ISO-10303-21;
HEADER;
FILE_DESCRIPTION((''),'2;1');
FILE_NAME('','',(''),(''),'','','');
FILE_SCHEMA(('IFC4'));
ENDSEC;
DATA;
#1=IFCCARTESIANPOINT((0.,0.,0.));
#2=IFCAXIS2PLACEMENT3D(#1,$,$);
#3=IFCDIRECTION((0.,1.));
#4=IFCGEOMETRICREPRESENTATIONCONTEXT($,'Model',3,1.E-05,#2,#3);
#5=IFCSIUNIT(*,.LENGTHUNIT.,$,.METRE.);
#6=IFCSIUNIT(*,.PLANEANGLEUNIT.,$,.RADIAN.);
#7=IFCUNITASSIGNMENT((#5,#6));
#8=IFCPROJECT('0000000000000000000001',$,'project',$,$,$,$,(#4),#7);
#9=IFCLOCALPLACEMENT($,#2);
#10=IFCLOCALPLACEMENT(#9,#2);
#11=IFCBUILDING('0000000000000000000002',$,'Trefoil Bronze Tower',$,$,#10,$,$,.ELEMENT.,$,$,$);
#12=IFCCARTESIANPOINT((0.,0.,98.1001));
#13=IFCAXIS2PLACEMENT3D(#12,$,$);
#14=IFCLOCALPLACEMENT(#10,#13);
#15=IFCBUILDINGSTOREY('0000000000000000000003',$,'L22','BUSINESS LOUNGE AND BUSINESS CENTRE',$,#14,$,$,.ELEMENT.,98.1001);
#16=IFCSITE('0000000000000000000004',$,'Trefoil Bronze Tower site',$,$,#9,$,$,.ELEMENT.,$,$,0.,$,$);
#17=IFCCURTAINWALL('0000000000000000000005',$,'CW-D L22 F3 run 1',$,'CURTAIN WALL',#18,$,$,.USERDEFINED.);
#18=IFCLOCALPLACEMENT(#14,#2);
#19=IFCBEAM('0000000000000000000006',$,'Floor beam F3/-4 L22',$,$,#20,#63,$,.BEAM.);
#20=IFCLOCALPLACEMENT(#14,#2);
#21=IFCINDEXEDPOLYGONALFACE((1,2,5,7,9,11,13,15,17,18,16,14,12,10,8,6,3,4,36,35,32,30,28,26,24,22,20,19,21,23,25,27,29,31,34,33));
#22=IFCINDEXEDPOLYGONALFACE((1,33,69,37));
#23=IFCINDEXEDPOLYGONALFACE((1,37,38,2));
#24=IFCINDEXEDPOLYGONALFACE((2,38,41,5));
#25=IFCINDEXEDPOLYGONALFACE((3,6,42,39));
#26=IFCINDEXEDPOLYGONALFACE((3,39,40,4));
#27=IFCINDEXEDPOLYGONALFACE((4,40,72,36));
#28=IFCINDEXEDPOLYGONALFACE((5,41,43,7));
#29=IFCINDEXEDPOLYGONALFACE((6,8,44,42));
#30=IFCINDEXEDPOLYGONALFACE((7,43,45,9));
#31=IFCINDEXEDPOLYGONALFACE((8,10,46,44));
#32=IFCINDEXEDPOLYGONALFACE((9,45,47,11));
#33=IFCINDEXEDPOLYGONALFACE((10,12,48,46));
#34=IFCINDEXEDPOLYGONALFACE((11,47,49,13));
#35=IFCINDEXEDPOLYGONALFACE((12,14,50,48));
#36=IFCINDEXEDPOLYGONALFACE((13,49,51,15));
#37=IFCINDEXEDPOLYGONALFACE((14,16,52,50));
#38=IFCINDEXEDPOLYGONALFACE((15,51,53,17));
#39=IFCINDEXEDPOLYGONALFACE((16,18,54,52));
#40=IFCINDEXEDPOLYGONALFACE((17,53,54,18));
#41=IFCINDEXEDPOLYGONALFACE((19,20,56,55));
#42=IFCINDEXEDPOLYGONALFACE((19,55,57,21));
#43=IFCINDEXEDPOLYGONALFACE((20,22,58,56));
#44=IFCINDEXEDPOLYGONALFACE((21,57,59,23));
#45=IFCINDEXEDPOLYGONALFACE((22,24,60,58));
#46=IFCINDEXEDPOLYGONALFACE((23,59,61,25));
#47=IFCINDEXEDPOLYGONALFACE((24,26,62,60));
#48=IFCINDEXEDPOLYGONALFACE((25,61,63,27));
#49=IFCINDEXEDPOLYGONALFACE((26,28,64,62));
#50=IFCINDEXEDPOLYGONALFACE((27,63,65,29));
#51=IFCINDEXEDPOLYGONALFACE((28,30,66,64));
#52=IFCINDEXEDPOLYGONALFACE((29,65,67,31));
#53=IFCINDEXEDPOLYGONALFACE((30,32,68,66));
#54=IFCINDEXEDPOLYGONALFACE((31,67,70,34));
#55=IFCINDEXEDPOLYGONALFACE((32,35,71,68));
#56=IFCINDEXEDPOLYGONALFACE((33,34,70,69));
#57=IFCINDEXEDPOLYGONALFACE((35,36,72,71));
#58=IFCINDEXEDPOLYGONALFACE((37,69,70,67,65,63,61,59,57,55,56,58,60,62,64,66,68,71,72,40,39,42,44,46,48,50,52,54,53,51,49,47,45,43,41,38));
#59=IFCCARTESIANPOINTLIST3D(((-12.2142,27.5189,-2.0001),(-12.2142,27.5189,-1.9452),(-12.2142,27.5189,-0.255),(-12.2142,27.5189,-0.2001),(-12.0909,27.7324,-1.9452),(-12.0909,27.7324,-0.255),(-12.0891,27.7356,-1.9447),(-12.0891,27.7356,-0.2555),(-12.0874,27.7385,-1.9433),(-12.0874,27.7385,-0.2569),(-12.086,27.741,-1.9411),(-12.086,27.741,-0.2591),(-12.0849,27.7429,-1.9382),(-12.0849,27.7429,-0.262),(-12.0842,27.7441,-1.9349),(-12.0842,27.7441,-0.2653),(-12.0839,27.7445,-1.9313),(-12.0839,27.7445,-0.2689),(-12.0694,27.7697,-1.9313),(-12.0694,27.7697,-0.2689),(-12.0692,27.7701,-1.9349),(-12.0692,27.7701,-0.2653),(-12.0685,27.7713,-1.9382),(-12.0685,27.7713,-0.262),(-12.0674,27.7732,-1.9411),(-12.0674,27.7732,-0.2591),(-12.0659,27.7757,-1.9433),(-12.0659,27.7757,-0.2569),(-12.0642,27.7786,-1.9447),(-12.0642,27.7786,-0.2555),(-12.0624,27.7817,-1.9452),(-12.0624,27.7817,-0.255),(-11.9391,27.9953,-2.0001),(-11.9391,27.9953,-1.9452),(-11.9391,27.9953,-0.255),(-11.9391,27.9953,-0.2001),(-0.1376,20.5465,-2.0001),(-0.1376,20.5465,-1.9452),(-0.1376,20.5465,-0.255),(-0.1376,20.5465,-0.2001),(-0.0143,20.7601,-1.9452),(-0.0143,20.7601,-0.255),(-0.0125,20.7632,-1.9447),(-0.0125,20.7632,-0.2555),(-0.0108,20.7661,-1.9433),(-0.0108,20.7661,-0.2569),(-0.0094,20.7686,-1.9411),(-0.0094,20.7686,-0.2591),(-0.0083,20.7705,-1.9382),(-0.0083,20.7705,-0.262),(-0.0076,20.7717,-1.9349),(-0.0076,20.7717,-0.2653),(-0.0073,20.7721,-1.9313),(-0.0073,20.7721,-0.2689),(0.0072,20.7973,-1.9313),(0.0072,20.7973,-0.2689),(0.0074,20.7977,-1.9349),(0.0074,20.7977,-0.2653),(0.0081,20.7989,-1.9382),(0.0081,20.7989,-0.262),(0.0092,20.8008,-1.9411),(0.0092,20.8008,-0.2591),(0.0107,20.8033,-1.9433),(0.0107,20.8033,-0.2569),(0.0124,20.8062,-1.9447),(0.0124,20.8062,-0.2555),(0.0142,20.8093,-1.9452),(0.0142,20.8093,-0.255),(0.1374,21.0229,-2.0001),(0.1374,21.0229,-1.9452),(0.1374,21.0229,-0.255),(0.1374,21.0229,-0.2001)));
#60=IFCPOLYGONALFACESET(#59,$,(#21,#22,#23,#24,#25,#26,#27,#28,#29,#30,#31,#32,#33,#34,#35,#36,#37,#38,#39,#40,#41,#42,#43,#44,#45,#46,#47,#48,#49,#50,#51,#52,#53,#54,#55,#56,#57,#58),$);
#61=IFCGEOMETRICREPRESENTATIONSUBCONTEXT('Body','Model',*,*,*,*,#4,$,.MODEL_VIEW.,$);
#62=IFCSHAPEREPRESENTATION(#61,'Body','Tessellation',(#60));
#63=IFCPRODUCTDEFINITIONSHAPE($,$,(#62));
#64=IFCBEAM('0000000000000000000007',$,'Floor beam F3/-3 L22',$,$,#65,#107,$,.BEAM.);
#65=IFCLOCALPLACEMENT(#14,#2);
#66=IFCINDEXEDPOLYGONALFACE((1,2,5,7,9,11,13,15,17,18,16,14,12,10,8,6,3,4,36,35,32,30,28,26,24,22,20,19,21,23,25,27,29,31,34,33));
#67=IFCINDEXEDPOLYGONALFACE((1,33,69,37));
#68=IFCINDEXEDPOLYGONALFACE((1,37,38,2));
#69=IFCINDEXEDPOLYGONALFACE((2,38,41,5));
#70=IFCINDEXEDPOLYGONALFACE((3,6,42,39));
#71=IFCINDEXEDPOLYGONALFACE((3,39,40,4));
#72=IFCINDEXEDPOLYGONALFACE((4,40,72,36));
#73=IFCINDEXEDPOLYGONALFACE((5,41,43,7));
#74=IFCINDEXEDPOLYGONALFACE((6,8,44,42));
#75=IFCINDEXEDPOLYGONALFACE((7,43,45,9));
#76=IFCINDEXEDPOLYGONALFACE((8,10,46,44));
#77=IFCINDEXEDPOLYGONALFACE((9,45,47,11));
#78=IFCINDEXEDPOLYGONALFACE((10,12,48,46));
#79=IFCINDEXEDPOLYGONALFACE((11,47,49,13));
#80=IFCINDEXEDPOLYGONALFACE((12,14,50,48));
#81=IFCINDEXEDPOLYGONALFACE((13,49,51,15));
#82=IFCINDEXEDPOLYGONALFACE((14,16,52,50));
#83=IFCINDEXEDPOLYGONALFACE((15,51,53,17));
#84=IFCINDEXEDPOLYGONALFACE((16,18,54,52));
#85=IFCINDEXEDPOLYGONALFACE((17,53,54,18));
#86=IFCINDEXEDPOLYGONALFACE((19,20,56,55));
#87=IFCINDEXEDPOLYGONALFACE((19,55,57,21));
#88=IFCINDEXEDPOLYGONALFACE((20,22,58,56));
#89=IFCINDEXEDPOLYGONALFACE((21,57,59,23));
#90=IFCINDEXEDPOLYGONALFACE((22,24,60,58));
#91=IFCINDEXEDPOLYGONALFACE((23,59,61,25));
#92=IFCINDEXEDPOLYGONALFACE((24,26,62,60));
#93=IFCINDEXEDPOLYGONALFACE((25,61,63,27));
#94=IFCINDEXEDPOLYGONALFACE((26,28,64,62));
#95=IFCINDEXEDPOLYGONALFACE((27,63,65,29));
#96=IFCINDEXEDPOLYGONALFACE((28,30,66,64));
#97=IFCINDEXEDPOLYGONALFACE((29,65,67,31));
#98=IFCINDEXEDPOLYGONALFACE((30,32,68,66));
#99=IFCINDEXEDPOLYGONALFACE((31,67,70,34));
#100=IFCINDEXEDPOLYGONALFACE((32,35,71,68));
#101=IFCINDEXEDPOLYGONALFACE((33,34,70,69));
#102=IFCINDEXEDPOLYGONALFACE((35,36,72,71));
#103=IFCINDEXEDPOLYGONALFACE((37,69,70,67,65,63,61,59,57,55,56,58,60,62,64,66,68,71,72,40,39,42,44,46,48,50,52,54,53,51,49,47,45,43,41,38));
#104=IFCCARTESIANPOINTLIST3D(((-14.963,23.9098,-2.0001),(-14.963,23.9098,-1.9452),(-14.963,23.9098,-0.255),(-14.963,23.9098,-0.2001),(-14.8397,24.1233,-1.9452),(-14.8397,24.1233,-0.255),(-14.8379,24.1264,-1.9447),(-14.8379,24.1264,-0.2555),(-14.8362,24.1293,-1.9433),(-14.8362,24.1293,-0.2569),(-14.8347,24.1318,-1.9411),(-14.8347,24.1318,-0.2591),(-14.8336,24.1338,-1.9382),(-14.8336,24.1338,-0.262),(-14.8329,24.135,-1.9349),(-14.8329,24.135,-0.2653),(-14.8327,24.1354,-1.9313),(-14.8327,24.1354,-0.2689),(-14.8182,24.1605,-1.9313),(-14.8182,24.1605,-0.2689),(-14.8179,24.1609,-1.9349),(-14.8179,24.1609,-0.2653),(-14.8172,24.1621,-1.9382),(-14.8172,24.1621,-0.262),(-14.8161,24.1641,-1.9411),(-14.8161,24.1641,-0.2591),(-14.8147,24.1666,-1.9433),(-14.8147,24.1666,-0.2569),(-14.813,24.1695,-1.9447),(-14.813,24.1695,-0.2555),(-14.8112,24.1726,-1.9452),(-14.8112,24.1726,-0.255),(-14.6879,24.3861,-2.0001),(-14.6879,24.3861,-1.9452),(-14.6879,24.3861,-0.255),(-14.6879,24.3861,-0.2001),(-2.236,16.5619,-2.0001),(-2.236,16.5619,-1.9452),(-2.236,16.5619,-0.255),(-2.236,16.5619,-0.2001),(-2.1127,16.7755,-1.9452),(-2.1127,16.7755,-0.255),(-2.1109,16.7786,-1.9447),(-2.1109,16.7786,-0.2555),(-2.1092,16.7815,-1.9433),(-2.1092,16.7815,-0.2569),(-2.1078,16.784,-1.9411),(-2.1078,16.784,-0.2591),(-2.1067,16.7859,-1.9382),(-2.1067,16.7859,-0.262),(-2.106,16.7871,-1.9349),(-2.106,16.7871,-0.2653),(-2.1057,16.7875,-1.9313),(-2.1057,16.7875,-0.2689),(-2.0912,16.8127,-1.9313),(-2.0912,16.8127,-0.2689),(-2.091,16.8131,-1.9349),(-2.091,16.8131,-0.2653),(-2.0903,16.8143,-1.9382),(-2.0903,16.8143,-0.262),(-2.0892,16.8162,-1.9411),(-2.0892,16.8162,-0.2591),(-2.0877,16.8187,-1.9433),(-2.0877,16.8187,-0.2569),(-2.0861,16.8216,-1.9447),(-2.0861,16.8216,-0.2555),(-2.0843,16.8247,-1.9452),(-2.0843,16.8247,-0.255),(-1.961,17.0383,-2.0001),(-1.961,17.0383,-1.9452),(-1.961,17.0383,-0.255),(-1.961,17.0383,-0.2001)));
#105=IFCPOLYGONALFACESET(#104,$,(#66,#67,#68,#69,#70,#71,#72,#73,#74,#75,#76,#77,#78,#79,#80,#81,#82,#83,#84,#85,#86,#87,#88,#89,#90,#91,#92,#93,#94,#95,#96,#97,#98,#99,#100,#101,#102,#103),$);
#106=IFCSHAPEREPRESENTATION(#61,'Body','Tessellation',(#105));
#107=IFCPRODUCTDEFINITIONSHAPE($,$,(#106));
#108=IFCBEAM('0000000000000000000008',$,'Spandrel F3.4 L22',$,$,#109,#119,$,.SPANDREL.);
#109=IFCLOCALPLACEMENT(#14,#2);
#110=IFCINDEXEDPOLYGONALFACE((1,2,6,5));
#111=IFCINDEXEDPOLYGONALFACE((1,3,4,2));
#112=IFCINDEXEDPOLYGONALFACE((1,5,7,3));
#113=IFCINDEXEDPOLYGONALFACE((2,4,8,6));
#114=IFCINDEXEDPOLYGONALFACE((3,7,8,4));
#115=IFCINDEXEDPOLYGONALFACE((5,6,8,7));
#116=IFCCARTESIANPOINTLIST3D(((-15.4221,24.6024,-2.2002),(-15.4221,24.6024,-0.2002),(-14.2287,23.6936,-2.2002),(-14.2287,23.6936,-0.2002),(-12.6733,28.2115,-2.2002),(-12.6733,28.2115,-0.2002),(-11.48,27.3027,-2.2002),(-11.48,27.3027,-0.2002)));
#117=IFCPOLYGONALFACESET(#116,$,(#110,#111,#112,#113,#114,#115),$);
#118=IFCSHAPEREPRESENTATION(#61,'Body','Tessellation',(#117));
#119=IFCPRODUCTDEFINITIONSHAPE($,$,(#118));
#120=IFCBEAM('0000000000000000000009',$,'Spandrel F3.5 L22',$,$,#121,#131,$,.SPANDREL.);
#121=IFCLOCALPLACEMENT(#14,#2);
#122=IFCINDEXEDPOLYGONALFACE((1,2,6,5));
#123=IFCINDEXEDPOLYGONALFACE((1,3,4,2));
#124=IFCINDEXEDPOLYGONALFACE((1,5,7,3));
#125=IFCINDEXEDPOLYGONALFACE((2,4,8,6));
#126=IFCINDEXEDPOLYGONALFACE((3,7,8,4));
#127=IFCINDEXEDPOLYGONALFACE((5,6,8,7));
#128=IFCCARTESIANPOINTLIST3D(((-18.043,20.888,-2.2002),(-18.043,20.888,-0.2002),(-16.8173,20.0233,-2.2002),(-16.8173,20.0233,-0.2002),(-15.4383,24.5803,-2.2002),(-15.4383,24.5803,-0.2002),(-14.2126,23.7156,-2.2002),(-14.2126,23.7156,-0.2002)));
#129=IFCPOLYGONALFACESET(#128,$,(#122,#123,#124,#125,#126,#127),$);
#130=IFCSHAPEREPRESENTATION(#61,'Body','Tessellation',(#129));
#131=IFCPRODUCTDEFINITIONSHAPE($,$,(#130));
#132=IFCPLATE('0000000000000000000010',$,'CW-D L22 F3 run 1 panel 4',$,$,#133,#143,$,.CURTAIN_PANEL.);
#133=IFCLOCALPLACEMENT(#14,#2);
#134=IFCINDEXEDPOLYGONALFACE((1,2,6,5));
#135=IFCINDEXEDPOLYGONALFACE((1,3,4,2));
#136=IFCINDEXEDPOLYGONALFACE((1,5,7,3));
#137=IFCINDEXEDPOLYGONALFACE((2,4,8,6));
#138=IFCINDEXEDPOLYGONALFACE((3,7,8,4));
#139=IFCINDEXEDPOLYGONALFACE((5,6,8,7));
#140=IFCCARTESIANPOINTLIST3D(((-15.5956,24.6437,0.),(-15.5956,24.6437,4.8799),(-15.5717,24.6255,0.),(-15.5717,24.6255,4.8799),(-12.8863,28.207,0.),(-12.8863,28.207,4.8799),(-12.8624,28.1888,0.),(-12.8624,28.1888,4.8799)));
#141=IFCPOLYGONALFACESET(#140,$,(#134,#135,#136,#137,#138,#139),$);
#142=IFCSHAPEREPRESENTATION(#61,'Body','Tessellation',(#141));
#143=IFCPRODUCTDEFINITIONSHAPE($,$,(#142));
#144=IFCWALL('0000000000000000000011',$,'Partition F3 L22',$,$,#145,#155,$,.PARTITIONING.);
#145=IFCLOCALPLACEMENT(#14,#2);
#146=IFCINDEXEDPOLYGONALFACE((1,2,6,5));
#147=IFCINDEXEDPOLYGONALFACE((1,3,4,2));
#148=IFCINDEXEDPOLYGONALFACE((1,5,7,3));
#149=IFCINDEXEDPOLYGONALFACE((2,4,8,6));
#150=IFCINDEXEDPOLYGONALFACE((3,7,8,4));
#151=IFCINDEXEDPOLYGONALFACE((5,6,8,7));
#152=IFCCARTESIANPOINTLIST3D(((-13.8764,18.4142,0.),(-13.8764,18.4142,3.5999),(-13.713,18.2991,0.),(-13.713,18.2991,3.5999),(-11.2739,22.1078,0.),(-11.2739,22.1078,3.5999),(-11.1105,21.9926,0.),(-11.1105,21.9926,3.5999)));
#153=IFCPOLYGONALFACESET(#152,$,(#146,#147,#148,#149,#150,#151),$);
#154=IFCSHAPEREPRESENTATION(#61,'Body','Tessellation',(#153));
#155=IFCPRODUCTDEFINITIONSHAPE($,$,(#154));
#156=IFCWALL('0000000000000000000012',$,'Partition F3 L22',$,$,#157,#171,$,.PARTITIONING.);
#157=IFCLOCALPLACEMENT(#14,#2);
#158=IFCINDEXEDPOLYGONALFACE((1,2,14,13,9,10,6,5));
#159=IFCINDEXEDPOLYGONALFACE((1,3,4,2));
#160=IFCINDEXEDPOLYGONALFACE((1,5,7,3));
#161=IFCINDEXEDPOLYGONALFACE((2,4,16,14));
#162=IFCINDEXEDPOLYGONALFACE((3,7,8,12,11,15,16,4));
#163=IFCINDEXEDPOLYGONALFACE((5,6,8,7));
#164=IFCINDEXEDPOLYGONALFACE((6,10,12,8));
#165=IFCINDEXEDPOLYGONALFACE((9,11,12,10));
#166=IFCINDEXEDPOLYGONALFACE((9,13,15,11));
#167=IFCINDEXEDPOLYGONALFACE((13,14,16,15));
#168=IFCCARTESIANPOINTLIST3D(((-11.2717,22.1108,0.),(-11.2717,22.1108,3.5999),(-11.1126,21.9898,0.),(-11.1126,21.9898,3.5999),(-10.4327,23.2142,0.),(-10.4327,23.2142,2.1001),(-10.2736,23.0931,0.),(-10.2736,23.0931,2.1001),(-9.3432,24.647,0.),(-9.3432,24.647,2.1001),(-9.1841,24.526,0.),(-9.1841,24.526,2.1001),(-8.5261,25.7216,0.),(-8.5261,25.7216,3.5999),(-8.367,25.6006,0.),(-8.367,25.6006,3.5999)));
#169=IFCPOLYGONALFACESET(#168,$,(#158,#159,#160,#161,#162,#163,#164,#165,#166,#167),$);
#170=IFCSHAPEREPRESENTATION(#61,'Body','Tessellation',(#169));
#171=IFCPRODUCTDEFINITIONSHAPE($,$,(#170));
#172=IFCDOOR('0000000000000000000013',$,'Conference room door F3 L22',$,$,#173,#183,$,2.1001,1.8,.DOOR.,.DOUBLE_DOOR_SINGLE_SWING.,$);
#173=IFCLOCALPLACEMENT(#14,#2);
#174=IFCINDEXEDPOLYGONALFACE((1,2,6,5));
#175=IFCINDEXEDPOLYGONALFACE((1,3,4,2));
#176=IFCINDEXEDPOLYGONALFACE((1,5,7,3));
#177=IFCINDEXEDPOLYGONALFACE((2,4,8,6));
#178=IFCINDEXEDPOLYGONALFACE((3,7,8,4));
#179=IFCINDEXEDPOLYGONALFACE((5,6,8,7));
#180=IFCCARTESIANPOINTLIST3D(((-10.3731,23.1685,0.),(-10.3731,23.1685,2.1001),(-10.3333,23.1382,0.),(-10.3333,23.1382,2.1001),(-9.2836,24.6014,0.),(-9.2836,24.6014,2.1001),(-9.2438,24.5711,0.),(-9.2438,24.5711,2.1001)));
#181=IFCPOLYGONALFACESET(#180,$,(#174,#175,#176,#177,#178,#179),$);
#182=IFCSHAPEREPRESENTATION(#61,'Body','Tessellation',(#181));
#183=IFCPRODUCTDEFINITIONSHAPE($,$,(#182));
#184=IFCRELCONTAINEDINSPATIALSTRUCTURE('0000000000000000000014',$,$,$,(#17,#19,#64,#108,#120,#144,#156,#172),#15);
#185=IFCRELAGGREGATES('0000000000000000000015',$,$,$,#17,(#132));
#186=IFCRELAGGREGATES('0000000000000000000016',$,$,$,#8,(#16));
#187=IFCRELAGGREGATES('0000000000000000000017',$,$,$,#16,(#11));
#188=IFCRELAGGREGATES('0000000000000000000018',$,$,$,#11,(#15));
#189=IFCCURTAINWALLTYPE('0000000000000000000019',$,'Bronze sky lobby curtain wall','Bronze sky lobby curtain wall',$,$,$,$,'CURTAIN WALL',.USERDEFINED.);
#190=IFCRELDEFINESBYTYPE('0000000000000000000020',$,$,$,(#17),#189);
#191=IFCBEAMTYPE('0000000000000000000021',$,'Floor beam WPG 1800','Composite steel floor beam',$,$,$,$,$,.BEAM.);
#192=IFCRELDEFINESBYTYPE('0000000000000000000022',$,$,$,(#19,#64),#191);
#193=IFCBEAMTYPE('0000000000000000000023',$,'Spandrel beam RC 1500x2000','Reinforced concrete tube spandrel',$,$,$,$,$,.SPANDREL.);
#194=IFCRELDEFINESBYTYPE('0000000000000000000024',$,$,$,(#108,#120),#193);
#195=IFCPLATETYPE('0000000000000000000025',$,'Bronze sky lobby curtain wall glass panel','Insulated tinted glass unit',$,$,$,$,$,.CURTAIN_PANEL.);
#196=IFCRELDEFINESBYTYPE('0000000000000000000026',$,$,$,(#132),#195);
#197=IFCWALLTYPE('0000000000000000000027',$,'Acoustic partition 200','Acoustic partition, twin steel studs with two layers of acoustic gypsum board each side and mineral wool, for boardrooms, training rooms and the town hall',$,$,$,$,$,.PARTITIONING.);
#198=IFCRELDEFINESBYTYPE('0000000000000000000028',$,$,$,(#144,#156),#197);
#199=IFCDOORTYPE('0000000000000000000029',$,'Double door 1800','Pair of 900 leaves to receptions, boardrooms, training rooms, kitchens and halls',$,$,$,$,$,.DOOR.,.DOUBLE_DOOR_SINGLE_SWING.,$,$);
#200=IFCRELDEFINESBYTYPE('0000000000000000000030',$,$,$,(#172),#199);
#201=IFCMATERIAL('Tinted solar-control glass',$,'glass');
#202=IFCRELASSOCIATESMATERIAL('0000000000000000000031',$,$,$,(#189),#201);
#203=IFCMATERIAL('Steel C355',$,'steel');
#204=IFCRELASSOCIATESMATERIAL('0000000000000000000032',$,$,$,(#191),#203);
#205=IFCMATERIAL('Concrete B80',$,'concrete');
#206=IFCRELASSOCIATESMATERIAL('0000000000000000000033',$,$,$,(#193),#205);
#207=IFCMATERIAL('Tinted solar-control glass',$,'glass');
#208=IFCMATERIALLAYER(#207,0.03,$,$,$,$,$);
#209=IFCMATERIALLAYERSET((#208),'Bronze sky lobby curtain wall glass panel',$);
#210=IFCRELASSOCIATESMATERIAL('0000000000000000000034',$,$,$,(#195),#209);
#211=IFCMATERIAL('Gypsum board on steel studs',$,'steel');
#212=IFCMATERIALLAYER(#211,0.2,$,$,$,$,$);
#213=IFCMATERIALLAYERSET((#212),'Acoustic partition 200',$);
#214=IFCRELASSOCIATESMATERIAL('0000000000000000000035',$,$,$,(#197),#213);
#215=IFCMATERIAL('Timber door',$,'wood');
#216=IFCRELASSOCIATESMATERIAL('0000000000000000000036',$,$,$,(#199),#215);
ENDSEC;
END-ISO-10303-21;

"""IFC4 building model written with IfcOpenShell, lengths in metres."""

from ifc_helpers import new_model, si_unit, direction, frame, frame_2d, origin, origin_2d, place, context, subcontext, project, spatial, rectangle, i_section, extrude, material, layer, layer_set, material_profile, profile_set, type_object, element, fill, aggregate, save


model = new_model("IFC4")

# Units and contexts
model_context = context("Model", 3, precision=1e-05, world=origin(), true_north=direction((0.0, 1.0)))
body_context = subcontext(model_context, "Body", "Model", "MODEL_VIEW")
ifc_project = project(units=[si_unit("LENGTHUNIT", "METRE"), si_unit("PLANEANGLEUNIT", "RADIAN")], contexts=[model_context])

# Site, building, storey
site_placement = place(None, origin())
site = spatial("IfcSite", under=ifc_project, at=site_placement, Name="Trefoil Bronze Tower site", CompositionType="ELEMENT", RefElevation=0.0)
building_placement = place(site_placement, origin())
building = spatial("IfcBuilding", under=site, at=building_placement, Name="Trefoil Bronze Tower", CompositionType="ELEMENT")
storey_placement = place(building_placement, frame((0.0, 0.0, 98.1001)))
storey = spatial("IfcBuildingStorey", under=building, at=storey_placement, Name="L22", Description="BUSINESS LOUNGE AND BUSINESS CENTRE", CompositionType="ELEMENT", Elevation=98.1001)

# Curtain wall
ifc_material_1 = material(Name="Tinted solar-control glass", Category="glass")
curtain_wall_type = type_object("IfcCurtainWallType", Name="Bronze sky lobby curtain wall", Description="Bronze sky lobby curtain wall", ElementType="CURTAIN WALL", PredefinedType="USERDEFINED", material=ifc_material_1)
curtain_wall_placement = place(storey_placement, origin())
curtain_wall = element("IfcCurtainWall", 1, at=curtain_wall_placement, inside=storey, type_object=curtain_wall_type, Name="CW-D L22 F3 run 1", ObjectType="CURTAIN WALL", PredefinedType="USERDEFINED")

# Beams
ifc_material_2 = material(Name="Steel C355", Category="steel")
ifc_material_profile_1 = material_profile(ifc_material_2, i_section(OverallWidth=0.55, OverallDepth=1.8, WebThickness=0.0291, FlangeThickness=0.0549, FilletRadius=0.0139, at=origin_2d()), Name="WPG 1800")
ifc_profile_set_1 = profile_set([ifc_material_profile_1], Name="Steel C355")
beam_type_1 = type_object("IfcBeamType", Name="Floor beam WPG 1800", Description="Composite steel floor beam", PredefinedType="BEAM", material=ifc_profile_set_1)
beam_1_placement = place(storey_placement, frame((-12.0767, 27.7571, -1.1001), z_axis=(0.866027, -0.499997, 0.0), x_axis=(0.499997, 0.866027, 0.0)))
element("IfcBeam", 2, at=beam_1_placement, inside=storey, type_object=beam_type_1, Name="Floor beam F3/-4 L22", PredefinedType="BEAM", context=body_context, shape_type="SweptSolid", body=[
    extrude(i_section(OverallWidth=0.55, OverallDepth=1.8, WebThickness=0.0291, FlangeThickness=0.0549, FilletRadius=0.0139, at=origin_2d()), origin(), (0.0, 0.0, 1.0), 13.9448),
])
beam_2_placement = place(storey_placement, frame((-14.8254, 24.1479, -1.1001), z_axis=(0.866027, -0.499997, 0.0), x_axis=(0.499997, 0.866027, 0.0)))
element("IfcBeam", 3, at=beam_2_placement, inside=storey, type_object=beam_type_1, Name="Floor beam F3/-3 L22", PredefinedType="BEAM", context=body_context, shape_type="SweptSolid", body=[
    extrude(i_section(OverallWidth=0.55, OverallDepth=1.8, WebThickness=0.0291, FlangeThickness=0.0549, FilletRadius=0.0139, at=origin_2d()), origin(), (0.0, 0.0, 1.0), 14.6958),
])
ifc_material_3 = material(Name="Concrete B80", Category="concrete")
ifc_material_profile_2 = material_profile(ifc_material_3, rectangle(XDim=1.5, YDim=2.0, at=origin_2d()), Name="RC 1500x2000")
ifc_profile_set_2 = profile_set([ifc_material_profile_2], Name="Concrete B80")
beam_type_2 = type_object("IfcBeamType", Name="Spandrel beam RC 1500x2000", Description="Reinforced concrete tube spandrel", PredefinedType="SPANDREL", material=ifc_profile_set_2)
beam_3_placement = place(storey_placement, frame((-12.0767, 27.7571, -1.2002), z_axis=(-0.605899, -0.795542, 0.0), x_axis=(0.795542, -0.605899, 0.0)))
element("IfcBeam", 4, at=beam_3_placement, inside=storey, type_object=beam_type_2, Name="Spandrel F3.4 L22", PredefinedType="SPANDREL", context=body_context, shape_type="SweptSolid", body=[
    extrude(rectangle(XDim=1.5, YDim=2.0, at=origin_2d()), origin(), (0.0, 0.0, 1.0), 4.5366),
])
beam_4_placement = place(storey_placement, frame((-14.8254, 24.1479, -1.2002), z_axis=(-0.576439, -0.81714, 0.0), x_axis=(0.81714, -0.576439, 0.0)))
element("IfcBeam", 5, at=beam_4_placement, inside=storey, type_object=beam_type_2, Name="Spandrel F3.5 L22", PredefinedType="SPANDREL", context=body_context, shape_type="SweptSolid", body=[
    extrude(rectangle(XDim=1.5, YDim=2.0, at=origin_2d()), origin(), (0.0, 0.0, 1.0), 4.5186),
])

# Plate
ifc_material_4 = material(Name="Tinted solar-control glass", Category="glass")
ifc_layer_1 = layer(ifc_material_4, 0.03)
ifc_layer_set_1 = layer_set([ifc_layer_1], Name="Bronze sky lobby curtain wall glass panel")
plate_type = type_object("IfcPlateType", Name="Bronze sky lobby curtain wall glass panel", Description="Insulated tinted glass unit", PredefinedType="CURTAIN_PANEL", material=ifc_layer_set_1)
plate_placement = place(storey_placement, frame((-14.229, 26.4163, 0.0), z_axis=(0.0, 0.0, 1.0), x_axis=(-0.605252, -0.796034, 0.0)))
plate = element("IfcPlate", 6, at=plate_placement, type_object=plate_type, Name="CW-D L22 F3 run 1 panel 4", PredefinedType="CURTAIN_PANEL", context=body_context, shape_type="SweptSolid", body=[
    extrude(rectangle(XDim=4.4763, YDim=0.03, at=origin_2d()), origin(), (0.0, 0.0, 1.0), 4.8799),
])
aggregate(curtain_wall, [plate])

# Wall
ifc_material_5 = material(Name="Gypsum board on steel studs", Category="steel")
ifc_layer_2 = layer(ifc_material_5, 0.2)
ifc_layer_set_2 = layer_set([ifc_layer_2], Name="Acoustic partition 200")
wall_type_1 = type_object("IfcWallType", Name="Acoustic partition 200", Description="Acoustic partition, twin steel studs with two layers of acoustic gypsum board each side and mineral wool, for boardrooms, training rooms and the town hall", PredefinedType="PARTITIONING", material=ifc_layer_set_2)
wall_1_placement = place(storey_placement, frame((-11.1921, 22.0503, 0.0), z_axis=(0.0, 0.0, 1.0), x_axis=(-0.575987, -0.817459, 0.0)))
element("IfcWall", 7, at=wall_1_placement, inside=storey, type_object=wall_type_1, Name="Partition F3 L22", PredefinedType="PARTITIONING", context=body_context, shape_type="SweptSolid", body=[
    extrude(rectangle(XDim=4.5183, YDim=0.2, at=frame_2d((2.2593, 0.0))), origin(), (0.0, 0.0, 1.0), 3.5999),
])

# Wall, opening, door
wall_2_placement = place(storey_placement, frame((-8.4465, 25.6611, 0.0), z_axis=(0.0, 0.0, 1.0), x_axis=(-0.605274, -0.796017, 0.0)))
wall_2 = element("IfcWall", 8, at=wall_2_placement, inside=storey, type_object=wall_type_1, Name="Partition F3 L22", PredefinedType="PARTITIONING", context=body_context, shape_type="SweptSolid", body=[
    extrude(rectangle(XDim=4.5361, YDim=0.2, at=frame_2d((2.2681, 0.0))), origin(), (0.0, 0.0, 1.0), 3.5999),
])
opening_1_placement = place(wall_2_placement, frame((1.3501, 0.0, 0.0)))
opening_1 = element("IfcOpeningElement", 9, at=opening_1_placement, cuts=wall_2, PredefinedType="OPENING", context=body_context, shape_type="SweptSolid", body=[
    extrude(rectangle(XDim=1.8, YDim=2.1001, at=frame_2d((0.8999, 1.05))), frame((0.0, 0.1099, 0.0), z_axis=(0.0, -1.0, 0.0), x_axis=(1.0, 0.0, 0.0)), (0.0, 0.0, 1.0), 0.22),
])
ifc_material_6 = material(Name="Timber door", Category="wood")
door_type_1 = type_object("IfcDoorType", Name="Double door 1800", Description="Pair of 900 leaves to receptions, boardrooms, training rooms, kitchens and halls", OperationType="DOUBLE_DOOR_SINGLE_SWING", PredefinedType="DOOR", material=ifc_material_6)
door_1_placement = place(opening_1_placement, frame((1.8, 0.0, 0.0), z_axis=(0.0, 0.0, 1.0), x_axis=(-1.0, 0.0, 0.0)))
door_1 = element("IfcDoor", 10, at=door_1_placement, inside=storey, type_object=door_type_1, Name="Conference room door F3 L22", OperationType="DOUBLE_DOOR_SINGLE_SWING", OverallHeight=2.1001, OverallWidth=1.8, PredefinedType="DOOR", context=body_context, shape_type="SweptSolid", body=[
    extrude(rectangle(XDim=1.8, YDim=2.1001, at=frame_2d((0.8999, 1.05))), frame((0.0, 0.0249, 0.0), z_axis=(0.0, -1.0, 0.0), x_axis=(1.0, 0.0, 0.0)), (0.0, 0.0, 1.0), 0.05),
])
fill(opening_1, door_1)

save(model, "model.ifc")
